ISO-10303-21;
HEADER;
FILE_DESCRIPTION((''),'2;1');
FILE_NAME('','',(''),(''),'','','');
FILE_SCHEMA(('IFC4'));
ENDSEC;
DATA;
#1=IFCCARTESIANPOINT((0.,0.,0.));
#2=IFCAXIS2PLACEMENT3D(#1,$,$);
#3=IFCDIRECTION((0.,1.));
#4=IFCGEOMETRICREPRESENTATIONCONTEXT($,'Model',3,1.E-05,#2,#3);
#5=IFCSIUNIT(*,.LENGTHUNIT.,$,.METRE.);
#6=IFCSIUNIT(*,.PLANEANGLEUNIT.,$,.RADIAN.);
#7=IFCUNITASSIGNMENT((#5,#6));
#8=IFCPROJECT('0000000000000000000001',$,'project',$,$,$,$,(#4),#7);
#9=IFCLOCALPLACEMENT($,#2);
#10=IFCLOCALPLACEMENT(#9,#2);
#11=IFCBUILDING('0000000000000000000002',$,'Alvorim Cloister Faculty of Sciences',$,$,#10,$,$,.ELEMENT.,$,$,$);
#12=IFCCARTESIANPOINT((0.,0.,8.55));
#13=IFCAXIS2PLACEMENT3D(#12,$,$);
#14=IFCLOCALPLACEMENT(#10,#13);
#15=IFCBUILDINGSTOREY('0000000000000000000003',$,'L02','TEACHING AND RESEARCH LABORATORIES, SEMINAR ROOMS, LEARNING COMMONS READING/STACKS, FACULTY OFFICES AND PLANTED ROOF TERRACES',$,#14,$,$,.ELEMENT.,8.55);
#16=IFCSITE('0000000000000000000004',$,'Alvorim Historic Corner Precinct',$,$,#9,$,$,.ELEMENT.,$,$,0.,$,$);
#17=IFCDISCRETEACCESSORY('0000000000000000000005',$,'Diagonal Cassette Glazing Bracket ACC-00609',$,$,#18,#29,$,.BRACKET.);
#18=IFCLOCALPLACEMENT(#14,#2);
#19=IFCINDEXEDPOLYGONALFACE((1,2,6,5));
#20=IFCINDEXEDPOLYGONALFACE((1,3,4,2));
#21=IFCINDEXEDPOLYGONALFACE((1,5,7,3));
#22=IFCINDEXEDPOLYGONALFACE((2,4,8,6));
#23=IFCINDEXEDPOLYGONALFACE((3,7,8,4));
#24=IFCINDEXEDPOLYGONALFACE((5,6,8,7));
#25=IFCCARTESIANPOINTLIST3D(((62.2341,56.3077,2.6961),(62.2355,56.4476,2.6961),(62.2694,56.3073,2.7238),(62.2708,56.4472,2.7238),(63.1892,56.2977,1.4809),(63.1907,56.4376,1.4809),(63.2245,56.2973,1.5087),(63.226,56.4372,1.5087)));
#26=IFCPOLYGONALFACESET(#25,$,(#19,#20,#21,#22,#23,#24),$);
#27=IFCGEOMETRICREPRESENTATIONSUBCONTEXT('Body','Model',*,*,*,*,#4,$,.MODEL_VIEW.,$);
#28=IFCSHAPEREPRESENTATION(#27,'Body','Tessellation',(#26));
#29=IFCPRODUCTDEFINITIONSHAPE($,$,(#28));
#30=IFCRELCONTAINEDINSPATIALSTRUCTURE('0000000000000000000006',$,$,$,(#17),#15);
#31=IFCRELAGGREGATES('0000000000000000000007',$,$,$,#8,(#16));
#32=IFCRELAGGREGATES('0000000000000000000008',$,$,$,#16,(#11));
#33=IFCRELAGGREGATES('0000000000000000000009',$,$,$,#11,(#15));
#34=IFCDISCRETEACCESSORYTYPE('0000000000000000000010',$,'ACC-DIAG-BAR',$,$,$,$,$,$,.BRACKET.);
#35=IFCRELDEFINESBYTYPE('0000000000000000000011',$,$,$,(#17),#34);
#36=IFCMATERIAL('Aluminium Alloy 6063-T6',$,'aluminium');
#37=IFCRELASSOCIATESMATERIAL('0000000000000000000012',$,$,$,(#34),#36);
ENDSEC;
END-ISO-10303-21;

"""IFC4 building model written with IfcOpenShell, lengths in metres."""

from ifc_helpers import new_model, si_unit, direction, frame, origin, origin_2d, place, context, subcontext, project, spatial, rectangle, extrude, material, type_object, element, save


model = new_model("IFC4")

# Units and contexts
model_context = context("Model", 3, precision=1e-05, world=origin(), true_north=direction((0.0, 1.0)))
body_context = subcontext(model_context, "Body", "Model", "MODEL_VIEW")
ifc_project = project(units=[si_unit("LENGTHUNIT", "METRE"), si_unit("PLANEANGLEUNIT", "RADIAN")], contexts=[model_context])

# Site, building, storey
site_placement = place(None, origin())
site = spatial("IfcSite", under=ifc_project, at=site_placement, Name="Alvorim Historic Corner Precinct", CompositionType="ELEMENT", RefElevation=0.0)
building_placement = place(site_placement, origin())
building = spatial("IfcBuilding", under=site, at=building_placement, Name="Alvorim Cloister Faculty of Sciences", CompositionType="ELEMENT")
storey_placement = place(building_placement, frame((0.0, 0.0, 8.55)))
storey = spatial("IfcBuildingStorey", under=building, at=storey_placement, Name="L02", Description="TEACHING AND RESEARCH LABORATORIES, SEMINAR ROOMS, LEARNING COMMONS READING/STACKS, FACULTY OFFICES AND PLANTED ROOF TERRACES", CompositionType="ELEMENT", Elevation=8.55)

# Shared definitions
ifc_material_1 = material(Name="Aluminium Alloy 6063-T6", Category="aluminium")

# Discrete accessory
discrete_accessory_type = type_object("IfcDiscreteAccessoryType", Name="ACC-DIAG-BAR", PredefinedType="BRACKET", material=ifc_material_1)
for number, where, z_axis, x_axis, name in (
    (1, (62.2524, 56.3774, 2.71), (0.617955, -0.006477, -0.786187), (0.01048, 0.999945, 0.0), "Diagonal Cassette Glazing Bracket ACC-00609"),
):
    element("IfcDiscreteAccessory", number, at=place(storey_placement, frame(where, z_axis=z_axis, x_axis=x_axis)), inside=storey, type_object=discrete_accessory_type, Name=name, PredefinedType="BRACKET", context=body_context, shape_type="SweptSolid", body=[
        extrude(rectangle(XDim=0.1399, YDim=0.0449, at=origin_2d()), origin(), (0.0, 0.0, 1.0), 1.5457),
    ])

save(model, "model.ifc")
